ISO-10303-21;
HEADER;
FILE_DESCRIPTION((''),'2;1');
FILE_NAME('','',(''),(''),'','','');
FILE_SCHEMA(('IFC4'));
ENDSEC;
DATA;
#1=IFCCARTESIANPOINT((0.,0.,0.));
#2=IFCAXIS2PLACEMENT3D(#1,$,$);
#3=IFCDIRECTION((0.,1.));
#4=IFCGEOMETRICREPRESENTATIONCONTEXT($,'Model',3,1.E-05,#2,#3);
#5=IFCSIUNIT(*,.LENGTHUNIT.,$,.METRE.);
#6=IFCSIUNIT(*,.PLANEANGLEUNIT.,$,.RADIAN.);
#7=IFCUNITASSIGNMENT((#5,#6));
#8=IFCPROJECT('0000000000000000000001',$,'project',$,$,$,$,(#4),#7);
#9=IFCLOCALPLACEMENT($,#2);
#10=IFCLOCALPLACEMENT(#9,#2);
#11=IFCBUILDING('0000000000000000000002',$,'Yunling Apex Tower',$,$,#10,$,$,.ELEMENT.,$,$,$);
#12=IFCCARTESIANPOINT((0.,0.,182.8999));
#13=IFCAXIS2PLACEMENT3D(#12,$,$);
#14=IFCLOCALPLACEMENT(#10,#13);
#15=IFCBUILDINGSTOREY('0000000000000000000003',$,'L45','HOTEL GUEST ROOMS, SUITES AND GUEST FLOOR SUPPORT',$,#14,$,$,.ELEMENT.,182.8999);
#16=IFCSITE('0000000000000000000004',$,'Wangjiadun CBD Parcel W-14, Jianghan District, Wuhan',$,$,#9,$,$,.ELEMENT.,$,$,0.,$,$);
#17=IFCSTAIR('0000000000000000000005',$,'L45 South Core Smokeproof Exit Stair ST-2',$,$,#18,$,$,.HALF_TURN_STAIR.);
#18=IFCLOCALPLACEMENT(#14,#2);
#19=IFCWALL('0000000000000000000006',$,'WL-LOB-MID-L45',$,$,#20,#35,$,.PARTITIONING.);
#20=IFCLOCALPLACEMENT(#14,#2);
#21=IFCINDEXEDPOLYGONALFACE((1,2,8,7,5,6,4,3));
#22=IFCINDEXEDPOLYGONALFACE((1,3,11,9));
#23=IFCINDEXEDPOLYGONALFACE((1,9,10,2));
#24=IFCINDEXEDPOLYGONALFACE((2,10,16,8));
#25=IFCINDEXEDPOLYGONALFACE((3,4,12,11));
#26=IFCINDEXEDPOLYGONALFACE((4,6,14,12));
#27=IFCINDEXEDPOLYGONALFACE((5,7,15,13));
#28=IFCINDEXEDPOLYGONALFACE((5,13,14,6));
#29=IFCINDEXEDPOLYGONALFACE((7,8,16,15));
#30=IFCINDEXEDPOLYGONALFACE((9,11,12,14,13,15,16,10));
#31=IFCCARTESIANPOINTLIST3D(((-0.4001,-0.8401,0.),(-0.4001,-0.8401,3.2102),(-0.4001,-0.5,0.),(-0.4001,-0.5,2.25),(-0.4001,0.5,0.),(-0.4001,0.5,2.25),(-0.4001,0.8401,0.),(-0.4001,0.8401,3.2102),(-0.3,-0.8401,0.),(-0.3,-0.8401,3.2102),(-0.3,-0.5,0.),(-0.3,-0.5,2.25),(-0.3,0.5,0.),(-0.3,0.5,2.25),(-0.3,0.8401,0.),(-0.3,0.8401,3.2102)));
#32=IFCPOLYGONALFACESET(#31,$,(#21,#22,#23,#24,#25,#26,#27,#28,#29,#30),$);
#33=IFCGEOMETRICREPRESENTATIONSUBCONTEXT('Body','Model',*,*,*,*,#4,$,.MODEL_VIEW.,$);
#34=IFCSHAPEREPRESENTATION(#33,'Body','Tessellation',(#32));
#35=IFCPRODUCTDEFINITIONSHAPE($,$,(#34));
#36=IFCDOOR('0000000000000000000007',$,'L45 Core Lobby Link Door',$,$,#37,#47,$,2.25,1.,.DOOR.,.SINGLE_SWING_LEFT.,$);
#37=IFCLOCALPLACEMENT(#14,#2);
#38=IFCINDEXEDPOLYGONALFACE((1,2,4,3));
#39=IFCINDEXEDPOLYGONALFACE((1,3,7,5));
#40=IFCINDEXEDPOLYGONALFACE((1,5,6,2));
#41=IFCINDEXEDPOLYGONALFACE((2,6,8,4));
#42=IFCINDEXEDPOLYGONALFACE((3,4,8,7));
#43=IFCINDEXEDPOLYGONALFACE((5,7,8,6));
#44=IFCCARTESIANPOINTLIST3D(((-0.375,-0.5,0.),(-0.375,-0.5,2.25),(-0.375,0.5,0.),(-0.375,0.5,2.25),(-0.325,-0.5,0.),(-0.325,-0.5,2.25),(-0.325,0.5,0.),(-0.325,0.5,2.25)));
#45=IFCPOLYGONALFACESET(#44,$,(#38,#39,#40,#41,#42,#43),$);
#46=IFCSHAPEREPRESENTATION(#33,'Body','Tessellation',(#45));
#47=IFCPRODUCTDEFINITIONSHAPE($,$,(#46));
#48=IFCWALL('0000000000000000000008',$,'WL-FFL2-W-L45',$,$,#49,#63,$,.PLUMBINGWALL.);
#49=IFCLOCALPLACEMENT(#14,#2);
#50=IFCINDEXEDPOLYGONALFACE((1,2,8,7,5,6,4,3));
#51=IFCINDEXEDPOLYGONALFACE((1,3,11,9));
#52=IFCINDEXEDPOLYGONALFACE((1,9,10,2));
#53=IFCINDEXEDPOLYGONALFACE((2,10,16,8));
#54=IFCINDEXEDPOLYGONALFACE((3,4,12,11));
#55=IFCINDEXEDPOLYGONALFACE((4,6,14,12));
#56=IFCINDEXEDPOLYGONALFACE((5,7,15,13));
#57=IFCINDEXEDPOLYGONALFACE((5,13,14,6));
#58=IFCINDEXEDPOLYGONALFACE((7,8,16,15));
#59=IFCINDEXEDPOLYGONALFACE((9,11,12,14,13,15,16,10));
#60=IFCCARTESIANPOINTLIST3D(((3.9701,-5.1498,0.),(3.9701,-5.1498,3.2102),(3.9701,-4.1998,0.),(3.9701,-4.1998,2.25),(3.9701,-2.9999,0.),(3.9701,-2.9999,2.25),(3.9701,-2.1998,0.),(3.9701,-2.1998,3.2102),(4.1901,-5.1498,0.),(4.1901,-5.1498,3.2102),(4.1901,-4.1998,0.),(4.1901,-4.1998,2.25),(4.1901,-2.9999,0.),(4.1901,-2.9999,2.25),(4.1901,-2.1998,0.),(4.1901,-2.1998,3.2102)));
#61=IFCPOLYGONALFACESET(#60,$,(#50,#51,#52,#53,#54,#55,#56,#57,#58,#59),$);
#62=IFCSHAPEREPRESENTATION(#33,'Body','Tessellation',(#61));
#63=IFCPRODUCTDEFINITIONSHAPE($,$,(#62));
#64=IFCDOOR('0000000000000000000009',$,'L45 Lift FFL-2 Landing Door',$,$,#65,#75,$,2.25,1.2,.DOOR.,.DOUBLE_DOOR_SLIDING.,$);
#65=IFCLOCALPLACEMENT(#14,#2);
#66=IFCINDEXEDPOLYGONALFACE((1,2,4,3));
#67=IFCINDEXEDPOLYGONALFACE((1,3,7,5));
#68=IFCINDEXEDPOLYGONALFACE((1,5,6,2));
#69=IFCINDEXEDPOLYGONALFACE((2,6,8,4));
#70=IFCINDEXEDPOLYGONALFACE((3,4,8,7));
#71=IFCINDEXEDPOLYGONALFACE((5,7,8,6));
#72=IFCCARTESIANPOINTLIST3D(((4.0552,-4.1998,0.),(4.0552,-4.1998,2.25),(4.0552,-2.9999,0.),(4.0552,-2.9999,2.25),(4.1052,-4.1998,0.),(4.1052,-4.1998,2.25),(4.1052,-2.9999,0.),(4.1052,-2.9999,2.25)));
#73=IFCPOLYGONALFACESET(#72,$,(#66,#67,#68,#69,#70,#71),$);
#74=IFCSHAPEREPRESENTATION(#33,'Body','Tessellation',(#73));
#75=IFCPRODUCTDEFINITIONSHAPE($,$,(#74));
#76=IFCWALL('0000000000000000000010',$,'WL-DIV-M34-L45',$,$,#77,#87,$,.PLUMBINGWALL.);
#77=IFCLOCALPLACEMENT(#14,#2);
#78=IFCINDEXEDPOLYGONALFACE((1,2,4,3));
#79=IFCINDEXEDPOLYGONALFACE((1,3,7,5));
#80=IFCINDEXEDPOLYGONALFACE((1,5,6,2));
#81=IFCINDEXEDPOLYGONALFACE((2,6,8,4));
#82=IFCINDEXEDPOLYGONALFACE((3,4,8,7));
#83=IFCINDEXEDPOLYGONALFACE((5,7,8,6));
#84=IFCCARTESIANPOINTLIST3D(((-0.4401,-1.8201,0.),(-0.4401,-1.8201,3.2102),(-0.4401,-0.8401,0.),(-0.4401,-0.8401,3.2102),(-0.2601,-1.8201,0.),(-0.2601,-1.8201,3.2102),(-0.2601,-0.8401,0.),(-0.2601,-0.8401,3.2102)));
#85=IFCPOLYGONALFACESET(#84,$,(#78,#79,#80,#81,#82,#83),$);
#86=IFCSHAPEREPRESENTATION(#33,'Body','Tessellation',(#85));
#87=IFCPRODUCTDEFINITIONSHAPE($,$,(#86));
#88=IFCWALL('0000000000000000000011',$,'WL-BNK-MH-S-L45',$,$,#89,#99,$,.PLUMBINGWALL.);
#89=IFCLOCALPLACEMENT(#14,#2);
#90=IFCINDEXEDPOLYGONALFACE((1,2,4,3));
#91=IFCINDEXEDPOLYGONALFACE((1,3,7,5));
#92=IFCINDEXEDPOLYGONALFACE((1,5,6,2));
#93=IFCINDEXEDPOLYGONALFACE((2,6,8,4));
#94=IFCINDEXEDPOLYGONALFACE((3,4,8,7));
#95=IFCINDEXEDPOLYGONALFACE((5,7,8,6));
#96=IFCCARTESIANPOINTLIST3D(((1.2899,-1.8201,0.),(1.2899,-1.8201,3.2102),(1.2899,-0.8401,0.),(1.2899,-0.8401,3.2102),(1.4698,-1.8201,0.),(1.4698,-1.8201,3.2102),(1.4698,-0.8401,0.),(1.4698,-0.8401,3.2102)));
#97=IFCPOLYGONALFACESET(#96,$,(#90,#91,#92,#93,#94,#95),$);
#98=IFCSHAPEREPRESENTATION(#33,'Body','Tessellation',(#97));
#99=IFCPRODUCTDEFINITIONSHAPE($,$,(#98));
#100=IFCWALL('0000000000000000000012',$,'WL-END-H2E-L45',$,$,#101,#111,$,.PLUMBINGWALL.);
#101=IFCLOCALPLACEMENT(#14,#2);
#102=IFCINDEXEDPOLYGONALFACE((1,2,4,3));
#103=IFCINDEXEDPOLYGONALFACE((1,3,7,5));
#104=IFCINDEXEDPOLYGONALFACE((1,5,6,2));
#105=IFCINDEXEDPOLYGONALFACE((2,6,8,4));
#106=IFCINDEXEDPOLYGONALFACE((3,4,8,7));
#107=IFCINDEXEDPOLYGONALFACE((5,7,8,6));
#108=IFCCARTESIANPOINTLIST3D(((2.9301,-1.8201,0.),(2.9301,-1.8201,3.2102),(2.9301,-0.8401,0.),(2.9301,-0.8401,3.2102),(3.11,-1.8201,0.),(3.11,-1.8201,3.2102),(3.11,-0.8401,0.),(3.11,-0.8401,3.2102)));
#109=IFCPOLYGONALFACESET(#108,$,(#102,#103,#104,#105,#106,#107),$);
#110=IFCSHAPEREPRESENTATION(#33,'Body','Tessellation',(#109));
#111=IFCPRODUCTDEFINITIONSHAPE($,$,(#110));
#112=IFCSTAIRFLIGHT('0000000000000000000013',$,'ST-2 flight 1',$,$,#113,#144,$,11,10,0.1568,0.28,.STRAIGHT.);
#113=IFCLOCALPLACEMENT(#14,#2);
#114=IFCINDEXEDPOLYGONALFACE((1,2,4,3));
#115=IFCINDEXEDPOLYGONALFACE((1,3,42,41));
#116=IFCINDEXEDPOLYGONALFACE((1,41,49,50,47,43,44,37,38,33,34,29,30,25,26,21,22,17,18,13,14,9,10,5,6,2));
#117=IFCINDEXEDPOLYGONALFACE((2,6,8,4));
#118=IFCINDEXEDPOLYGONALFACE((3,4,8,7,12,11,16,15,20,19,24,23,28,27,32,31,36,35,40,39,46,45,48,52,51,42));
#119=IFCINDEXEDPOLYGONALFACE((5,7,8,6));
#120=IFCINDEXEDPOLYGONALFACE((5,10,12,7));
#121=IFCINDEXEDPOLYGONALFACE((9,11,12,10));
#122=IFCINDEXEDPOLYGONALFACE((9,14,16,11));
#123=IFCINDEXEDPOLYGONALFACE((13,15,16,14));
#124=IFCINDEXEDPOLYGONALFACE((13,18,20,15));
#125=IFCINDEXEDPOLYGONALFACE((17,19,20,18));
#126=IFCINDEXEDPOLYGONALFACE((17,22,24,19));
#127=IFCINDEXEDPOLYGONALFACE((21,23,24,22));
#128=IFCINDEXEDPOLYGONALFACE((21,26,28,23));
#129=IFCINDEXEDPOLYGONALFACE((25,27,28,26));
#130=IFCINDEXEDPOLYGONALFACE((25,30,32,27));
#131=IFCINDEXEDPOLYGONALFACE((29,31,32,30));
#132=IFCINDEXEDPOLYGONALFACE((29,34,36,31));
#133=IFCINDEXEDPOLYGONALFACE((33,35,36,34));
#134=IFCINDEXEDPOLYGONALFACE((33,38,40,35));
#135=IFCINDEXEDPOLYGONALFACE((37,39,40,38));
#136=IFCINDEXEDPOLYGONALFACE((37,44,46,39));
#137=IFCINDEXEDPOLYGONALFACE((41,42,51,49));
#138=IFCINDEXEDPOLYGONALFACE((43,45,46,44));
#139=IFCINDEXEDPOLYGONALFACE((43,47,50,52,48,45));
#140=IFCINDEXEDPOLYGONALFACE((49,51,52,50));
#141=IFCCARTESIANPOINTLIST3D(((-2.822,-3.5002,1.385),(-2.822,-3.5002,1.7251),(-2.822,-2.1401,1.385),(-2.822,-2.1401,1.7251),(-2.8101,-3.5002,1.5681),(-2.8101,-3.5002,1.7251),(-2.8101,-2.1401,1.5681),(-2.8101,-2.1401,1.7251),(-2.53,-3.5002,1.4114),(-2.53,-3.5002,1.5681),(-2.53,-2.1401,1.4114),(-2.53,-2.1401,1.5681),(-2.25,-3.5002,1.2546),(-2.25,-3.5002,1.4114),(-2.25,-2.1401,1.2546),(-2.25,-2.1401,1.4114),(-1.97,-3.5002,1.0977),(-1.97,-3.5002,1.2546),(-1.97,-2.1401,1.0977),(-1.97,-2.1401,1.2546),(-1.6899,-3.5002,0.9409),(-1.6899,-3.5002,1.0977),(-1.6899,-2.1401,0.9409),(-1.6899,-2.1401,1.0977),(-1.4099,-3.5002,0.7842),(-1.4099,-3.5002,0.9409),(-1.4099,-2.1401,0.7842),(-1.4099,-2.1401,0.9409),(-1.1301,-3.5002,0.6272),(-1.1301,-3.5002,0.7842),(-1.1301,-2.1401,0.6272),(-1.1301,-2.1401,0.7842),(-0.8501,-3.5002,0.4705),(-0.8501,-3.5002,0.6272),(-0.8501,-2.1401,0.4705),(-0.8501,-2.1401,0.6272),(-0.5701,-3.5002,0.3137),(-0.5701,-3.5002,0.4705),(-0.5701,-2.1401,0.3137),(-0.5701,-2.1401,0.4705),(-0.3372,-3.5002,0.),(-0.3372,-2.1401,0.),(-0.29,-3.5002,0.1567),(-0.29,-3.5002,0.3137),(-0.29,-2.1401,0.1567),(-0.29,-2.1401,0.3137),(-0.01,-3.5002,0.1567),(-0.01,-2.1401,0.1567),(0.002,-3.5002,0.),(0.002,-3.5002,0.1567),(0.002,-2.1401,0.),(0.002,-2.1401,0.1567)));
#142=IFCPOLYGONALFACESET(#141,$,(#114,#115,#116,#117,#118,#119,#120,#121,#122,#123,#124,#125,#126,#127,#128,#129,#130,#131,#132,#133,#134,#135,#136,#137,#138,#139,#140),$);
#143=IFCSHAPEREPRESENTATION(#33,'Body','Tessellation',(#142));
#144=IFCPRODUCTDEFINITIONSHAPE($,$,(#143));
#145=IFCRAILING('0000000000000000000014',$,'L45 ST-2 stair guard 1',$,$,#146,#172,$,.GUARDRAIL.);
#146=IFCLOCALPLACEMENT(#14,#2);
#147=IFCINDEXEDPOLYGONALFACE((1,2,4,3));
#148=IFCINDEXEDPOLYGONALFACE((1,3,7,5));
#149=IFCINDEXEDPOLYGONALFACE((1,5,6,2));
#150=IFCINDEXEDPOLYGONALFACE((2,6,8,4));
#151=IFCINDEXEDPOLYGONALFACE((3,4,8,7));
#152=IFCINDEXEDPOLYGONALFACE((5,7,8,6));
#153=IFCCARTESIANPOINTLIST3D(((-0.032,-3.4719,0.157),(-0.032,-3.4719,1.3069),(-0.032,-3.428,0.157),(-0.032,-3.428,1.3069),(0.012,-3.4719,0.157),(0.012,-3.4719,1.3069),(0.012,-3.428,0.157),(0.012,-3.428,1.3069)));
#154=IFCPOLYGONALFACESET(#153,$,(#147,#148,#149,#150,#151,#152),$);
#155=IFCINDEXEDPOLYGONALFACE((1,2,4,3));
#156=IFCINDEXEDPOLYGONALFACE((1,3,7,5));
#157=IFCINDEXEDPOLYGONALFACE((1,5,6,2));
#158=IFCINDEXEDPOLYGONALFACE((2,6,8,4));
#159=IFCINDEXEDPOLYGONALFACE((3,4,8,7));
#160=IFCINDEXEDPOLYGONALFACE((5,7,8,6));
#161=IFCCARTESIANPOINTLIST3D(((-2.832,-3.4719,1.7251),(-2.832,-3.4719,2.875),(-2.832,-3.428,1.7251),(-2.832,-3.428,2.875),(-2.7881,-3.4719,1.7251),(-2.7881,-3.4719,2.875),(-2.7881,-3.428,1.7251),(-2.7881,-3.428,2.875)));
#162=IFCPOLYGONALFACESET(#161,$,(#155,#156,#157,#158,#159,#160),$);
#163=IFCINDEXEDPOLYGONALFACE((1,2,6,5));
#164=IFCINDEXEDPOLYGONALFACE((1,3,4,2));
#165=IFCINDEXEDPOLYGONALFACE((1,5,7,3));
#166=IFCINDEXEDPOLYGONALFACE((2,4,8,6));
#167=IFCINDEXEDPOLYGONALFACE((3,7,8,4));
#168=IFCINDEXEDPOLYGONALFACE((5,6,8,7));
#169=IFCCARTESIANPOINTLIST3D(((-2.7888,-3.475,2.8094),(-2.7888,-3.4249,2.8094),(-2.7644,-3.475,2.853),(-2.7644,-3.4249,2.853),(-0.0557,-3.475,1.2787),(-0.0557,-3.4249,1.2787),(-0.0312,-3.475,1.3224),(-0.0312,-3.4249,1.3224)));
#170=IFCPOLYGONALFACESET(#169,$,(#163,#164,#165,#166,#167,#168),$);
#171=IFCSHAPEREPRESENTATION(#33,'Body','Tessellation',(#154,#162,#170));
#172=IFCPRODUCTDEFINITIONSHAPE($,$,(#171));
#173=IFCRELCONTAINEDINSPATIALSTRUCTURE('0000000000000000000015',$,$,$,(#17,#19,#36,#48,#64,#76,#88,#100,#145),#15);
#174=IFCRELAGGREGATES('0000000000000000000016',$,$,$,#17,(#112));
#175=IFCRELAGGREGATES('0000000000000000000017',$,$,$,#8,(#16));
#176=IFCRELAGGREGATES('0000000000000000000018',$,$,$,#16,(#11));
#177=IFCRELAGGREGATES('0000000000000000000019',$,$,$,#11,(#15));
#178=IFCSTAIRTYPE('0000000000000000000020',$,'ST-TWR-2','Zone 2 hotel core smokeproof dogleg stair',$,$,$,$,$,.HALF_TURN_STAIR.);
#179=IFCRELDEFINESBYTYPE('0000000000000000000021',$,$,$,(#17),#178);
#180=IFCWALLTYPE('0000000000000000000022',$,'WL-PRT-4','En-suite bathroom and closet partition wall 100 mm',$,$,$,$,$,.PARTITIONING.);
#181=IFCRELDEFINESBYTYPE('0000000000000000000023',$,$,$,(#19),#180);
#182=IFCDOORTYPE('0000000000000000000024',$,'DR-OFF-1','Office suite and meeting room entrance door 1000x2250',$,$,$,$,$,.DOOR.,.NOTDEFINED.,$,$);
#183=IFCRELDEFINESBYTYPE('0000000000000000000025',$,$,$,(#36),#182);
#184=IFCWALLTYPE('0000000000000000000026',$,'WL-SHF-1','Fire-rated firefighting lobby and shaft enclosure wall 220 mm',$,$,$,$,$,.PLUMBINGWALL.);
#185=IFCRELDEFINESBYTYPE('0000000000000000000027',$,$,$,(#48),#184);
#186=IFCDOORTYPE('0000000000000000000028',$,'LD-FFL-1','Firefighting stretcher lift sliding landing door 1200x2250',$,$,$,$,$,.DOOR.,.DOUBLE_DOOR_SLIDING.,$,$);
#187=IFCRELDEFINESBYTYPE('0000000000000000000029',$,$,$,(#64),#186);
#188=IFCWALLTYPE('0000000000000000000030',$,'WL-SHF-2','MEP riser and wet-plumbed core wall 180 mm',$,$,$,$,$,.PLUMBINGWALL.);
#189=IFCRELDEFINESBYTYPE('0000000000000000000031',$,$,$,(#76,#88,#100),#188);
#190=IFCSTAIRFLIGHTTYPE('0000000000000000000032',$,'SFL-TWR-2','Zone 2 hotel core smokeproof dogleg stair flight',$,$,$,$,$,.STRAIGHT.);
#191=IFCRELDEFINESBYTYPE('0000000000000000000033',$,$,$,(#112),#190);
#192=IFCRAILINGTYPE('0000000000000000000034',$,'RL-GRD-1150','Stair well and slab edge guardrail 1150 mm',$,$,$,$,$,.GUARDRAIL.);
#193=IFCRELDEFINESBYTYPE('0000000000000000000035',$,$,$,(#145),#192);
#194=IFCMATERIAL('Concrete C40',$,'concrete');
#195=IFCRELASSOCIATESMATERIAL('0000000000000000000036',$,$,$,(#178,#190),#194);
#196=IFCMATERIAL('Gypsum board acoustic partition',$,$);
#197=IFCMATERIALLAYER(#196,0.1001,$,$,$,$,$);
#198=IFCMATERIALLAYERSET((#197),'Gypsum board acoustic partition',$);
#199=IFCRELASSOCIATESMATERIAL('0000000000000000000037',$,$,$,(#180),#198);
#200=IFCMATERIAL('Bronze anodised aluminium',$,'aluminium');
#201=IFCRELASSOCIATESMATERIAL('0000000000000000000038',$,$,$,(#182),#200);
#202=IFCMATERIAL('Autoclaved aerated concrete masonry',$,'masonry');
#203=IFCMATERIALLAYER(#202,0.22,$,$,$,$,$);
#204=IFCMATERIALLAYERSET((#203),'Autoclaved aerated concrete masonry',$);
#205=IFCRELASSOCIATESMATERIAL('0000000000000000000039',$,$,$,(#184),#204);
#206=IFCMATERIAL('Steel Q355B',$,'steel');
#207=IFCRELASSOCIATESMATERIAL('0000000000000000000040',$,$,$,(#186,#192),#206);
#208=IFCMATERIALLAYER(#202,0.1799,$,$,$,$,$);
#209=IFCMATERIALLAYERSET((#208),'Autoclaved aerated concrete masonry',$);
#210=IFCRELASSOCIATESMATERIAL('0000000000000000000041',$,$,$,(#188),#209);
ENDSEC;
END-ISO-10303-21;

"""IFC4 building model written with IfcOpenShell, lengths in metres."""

from ifc_helpers import new_model, si_unit, direction, frame, frame_2d, origin, origin_2d, place, context, subcontext, project, spatial, polyline, rectangle, outline, extrude, material, layer, layer_set, type_object, element, fill, aggregate, save


model = new_model("IFC4")

# Units and contexts
model_context = context("Model", 3, precision=1e-05, world=origin(), true_north=direction((0.0, 1.0)))
body_context = subcontext(model_context, "Body", "Model", "MODEL_VIEW")
ifc_project = project(units=[si_unit("LENGTHUNIT", "METRE"), si_unit("PLANEANGLEUNIT", "RADIAN")], contexts=[model_context])

# Site, building, storey
site_placement = place(None, origin())
site = spatial("IfcSite", under=ifc_project, at=site_placement, Name="Wangjiadun CBD Parcel W-14, Jianghan District, Wuhan", CompositionType="ELEMENT", RefElevation=0.0)
building_placement = place(site_placement, origin())
building = spatial("IfcBuilding", under=site, at=building_placement, Name="Yunling Apex Tower", CompositionType="ELEMENT")
storey_placement = place(building_placement, frame((0.0, 0.0, 182.8999)))
storey = spatial("IfcBuildingStorey", under=building, at=storey_placement, Name="L45", Description="HOTEL GUEST ROOMS, SUITES AND GUEST FLOOR SUPPORT", CompositionType="ELEMENT", Elevation=182.8999)

# Shared definitions
ifc_material_1 = material(Name="Concrete C40", Category="concrete")

# Stair
stair_type = type_object("IfcStairType", Name="ST-TWR-2", Description="Zone 2 hotel core smokeproof dogleg stair", PredefinedType="HALF_TURN_STAIR", material=ifc_material_1)
stair_1_placement = place(storey_placement, origin())
stair_1 = element("IfcStair", 1, at=stair_1_placement, inside=storey, type_object=stair_type, Name="L45 South Core Smokeproof Exit Stair ST-2", PredefinedType="HALF_TURN_STAIR")

# Shared definitions
ifc_material_2 = material(Name="Gypsum board acoustic partition")

# Walls, openings, doors
ifc_layer_1 = layer(ifc_material_2, 0.1001)
ifc_layer_set_1 = layer_set([ifc_layer_1], Name="Gypsum board acoustic partition")
wall_type_1 = type_object("IfcWallType", Name="WL-PRT-4", Description="En-suite bathroom and closet partition wall 100 mm", PredefinedType="PARTITIONING", material=ifc_layer_set_1)
wall_1_placement = place(storey_placement, frame((-0.3501, -0.8401, 0.0), z_axis=(0.0, 0.0, 1.0), x_axis=(0.0, 1.0, 0.0)))
wall_1 = element("IfcWall", 2, at=wall_1_placement, inside=storey, type_object=wall_type_1, Name="WL-LOB-MID-L45", PredefinedType="PARTITIONING", context=body_context, shape_type="SweptSolid", body=[
    extrude(rectangle(XDim=1.6802, YDim=0.1001, at=frame_2d((0.8401, 0.0))), origin(), (0.0, 0.0, 1.0), 3.2102),
])
opening_1_placement = place(wall_1_placement, frame((0.3401, 0.0, 0.0)))
opening_1 = element("IfcOpeningElement", 3, at=opening_1_placement, cuts=wall_1, PredefinedType="OPENING", context=body_context, shape_type="SweptSolid", body=[
    extrude(rectangle(XDim=1.0, YDim=2.25, at=frame_2d((0.5, 1.125))), frame((0.0, 0.0601, 0.0), z_axis=(0.0, -1.0, 0.0), x_axis=(1.0, 0.0, 0.0)), (0.0, 0.0, 1.0), 0.1201),
])
ifc_material_3 = material(Name="Bronze anodised aluminium", Category="aluminium")
door_type_1 = type_object("IfcDoorType", Name="DR-OFF-1", Description="Office suite and meeting room entrance door 1000x2250", OperationType="NOTDEFINED", PredefinedType="DOOR", material=ifc_material_3)
door_1_placement = place(opening_1_placement, origin())
door_1 = element("IfcDoor", 4, at=door_1_placement, inside=storey, type_object=door_type_1, Name="L45 Core Lobby Link Door", OperationType="SINGLE_SWING_LEFT", OverallHeight=2.25, OverallWidth=1.0, PredefinedType="DOOR", context=body_context, shape_type="SweptSolid", body=[
    extrude(rectangle(XDim=1.0, YDim=2.25, at=frame_2d((0.5, 1.125))), frame((0.0, 0.0249, 0.0), z_axis=(0.0, -1.0, 0.0), x_axis=(1.0, 0.0, 0.0)), (0.0, 0.0, 1.0), 0.05),
])
fill(opening_1, door_1)
ifc_material_4 = material(Name="Autoclaved aerated concrete masonry", Category="masonry")
ifc_layer_2 = layer(ifc_material_4, 0.22)
ifc_layer_set_2 = layer_set([ifc_layer_2], Name="Autoclaved aerated concrete masonry")
wall_type_2 = type_object("IfcWallType", Name="WL-SHF-1", Description="Fire-rated firefighting lobby and shaft enclosure wall 220 mm", PredefinedType="PLUMBINGWALL", material=ifc_layer_set_2)
ifc_material_5 = material(Name="Steel Q355B", Category="steel")
wall_2_placement = place(storey_placement, frame((4.0801, -5.1499, 0.0), z_axis=(0.0, 0.0, 1.0), x_axis=(0.0, 1.0, 0.0)))
wall_2 = element("IfcWall", 5, at=wall_2_placement, inside=storey, type_object=wall_type_2, Name="WL-FFL2-W-L45", PredefinedType="PLUMBINGWALL", context=body_context, shape_type="SweptSolid", body=[
    extrude(rectangle(XDim=2.95, YDim=0.22, at=frame_2d((1.4751, 0.0))), origin(), (0.0, 0.0, 1.0), 3.2102),
])
opening_2_placement = place(wall_2_placement, frame((0.95, 0.0, 0.0)))
opening_2 = element("IfcOpeningElement", 6, at=opening_2_placement, cuts=wall_2, PredefinedType="OPENING", context=body_context, shape_type="SweptSolid", body=[
    extrude(rectangle(XDim=1.2, YDim=2.25, at=frame_2d((0.6001, 1.125))), frame((0.0, 0.1201, 0.0), z_axis=(0.0, -1.0, 0.0), x_axis=(1.0, 0.0, 0.0)), (0.0, 0.0, 1.0), 0.24),
])
door_type_2 = type_object("IfcDoorType", Name="LD-FFL-1", Description="Firefighting stretcher lift sliding landing door 1200x2250", OperationType="DOUBLE_DOOR_SLIDING", PredefinedType="DOOR", material=ifc_material_5)
door_2_placement = place(opening_2_placement, origin())
door_2 = element("IfcDoor", 7, at=door_2_placement, inside=storey, type_object=door_type_2, Name="L45 Lift FFL-2 Landing Door", OperationType="DOUBLE_DOOR_SLIDING", OverallHeight=2.25, OverallWidth=1.2, PredefinedType="DOOR", context=body_context, shape_type="SweptSolid", body=[
    extrude(rectangle(XDim=1.2, YDim=2.25, at=frame_2d((0.6001, 1.125))), frame((0.0, 0.0249, 0.0), z_axis=(0.0, -1.0, 0.0), x_axis=(1.0, 0.0, 0.0)), (0.0, 0.0, 1.0), 0.05),
])
fill(opening_2, door_2)

# Walls
ifc_layer_3 = layer(ifc_material_4, 0.1799)
ifc_layer_set_3 = layer_set([ifc_layer_3], Name="Autoclaved aerated concrete masonry")
wall_type_3 = type_object("IfcWallType", Name="WL-SHF-2", Description="MEP riser and wet-plumbed core wall 180 mm", PredefinedType="PLUMBINGWALL", material=ifc_layer_set_3)
for number, where, z_axis, x_axis, name in (
    (8, (-0.3501, -1.8201, 0.0), (0.0, 0.0, 1.0), (0.0, 1.0, 0.0), "WL-DIV-M34-L45"),
    (9, (1.3799, -1.8201, 0.0), (0.0, 0.0, 1.0), (0.0, 1.0, 0.0), "WL-BNK-MH-S-L45"),
    (10, (3.02, -1.8201, 0.0), (0.0, 0.0, 1.0), (0.0, 1.0, 0.0), "WL-END-H2E-L45"),
):
    element("IfcWall", number, at=place(storey_placement, frame(where, z_axis=z_axis, x_axis=x_axis)), inside=storey, type_object=wall_type_3, Name=name, PredefinedType="PLUMBINGWALL", context=body_context, shape_type="SweptSolid", body=[
        extrude(rectangle(XDim=0.98, YDim=0.1799, at=frame_2d((0.49, 0.0))), origin(), (0.0, 0.0, 1.0), 3.2102),
    ])

# Stair flight
stair_flight_type = type_object("IfcStairFlightType", Name="SFL-TWR-2", Description="Zone 2 hotel core smokeproof dogleg stair flight", PredefinedType="STRAIGHT", material=ifc_material_1)
stair_flight_placement = place(storey_placement, frame((-0.01, -2.8201, 0.0), z_axis=(0.0, 0.0, 1.0), x_axis=(-1.0, 0.0, 0.0)))
stair_flight = element("IfcStairFlight", 11, at=stair_flight_placement, type_object=stair_flight_type, Name="ST-2 flight 1", NumberOfRisers=11, NumberOfTreads=10, PredefinedType="STRAIGHT", RiserHeight=0.1568, TreadLength=0.28, context=body_context, shape_type="SweptSolid", body=[
    extrude(outline(polyline([(-0.012, 0.0), (-0.012, 0.1567), (0.0, 0.1567), (0.28, 0.1567), (0.28, 0.3137), (0.5601, 0.3137), (0.5601, 0.4705), (0.8401, 0.4705), (0.8401, 0.6272), (1.1201, 0.6272), (1.1201, 0.7842), (1.3999, 0.7842), (1.3999, 0.9409), (1.6799, 0.9409), (1.6799, 1.0977), (1.96, 1.0977), (1.96, 1.2546), (2.24, 1.2546), (2.24, 1.4114), (2.52, 1.4114), (2.52, 1.5681), (2.8, 1.5681), (2.8, 1.7251), (2.812, 1.7251), (2.812, 1.385), (0.3271, 0.0), (-0.012, 0.0)])), frame((0.0, 0.6802, 0.0), z_axis=(0.0, -1.0, 0.0), x_axis=(1.0, 0.0, 0.0)), (0.0, 0.0, 1.0), 1.3601),
])
aggregate(stair_1, [stair_flight])

# Railing
railing_type_1 = type_object("IfcRailingType", Name="RL-GRD-1150", Description="Stair well and slab edge guardrail 1150 mm", PredefinedType="GUARDRAIL", material=ifc_material_5)
railing_1_placement = place(storey_placement, frame((-0.01, -3.45, 0.157)))
element("IfcRailing", 12, at=railing_1_placement, inside=storey, type_object=railing_type_1, Name="L45 ST-2 stair guard 1", PredefinedType="GUARDRAIL", context=body_context, shape_type="SweptSolid", body=[
    extrude(rectangle(XDim=0.0439, YDim=0.0439, at=origin_2d()), origin(), (0.0, 0.0, 1.0), 1.1499),
    extrude(rectangle(XDim=0.0439, YDim=0.0439, at=origin_2d()), frame((-2.8, 0.0, 1.5681)), (0.0, 0.0, 1.0), 1.1499),
    extrude(rectangle(XDim=0.05, YDim=0.05, at=origin_2d()), frame((-0.0334, 0.0, 1.1436), z_axis=(-0.872494, 0.0, 0.488624), x_axis=(0.0, -1.0, 0.0)), (0.0, 0.0, 1.0), 3.1326),
])

save(model, "model.ifc")
